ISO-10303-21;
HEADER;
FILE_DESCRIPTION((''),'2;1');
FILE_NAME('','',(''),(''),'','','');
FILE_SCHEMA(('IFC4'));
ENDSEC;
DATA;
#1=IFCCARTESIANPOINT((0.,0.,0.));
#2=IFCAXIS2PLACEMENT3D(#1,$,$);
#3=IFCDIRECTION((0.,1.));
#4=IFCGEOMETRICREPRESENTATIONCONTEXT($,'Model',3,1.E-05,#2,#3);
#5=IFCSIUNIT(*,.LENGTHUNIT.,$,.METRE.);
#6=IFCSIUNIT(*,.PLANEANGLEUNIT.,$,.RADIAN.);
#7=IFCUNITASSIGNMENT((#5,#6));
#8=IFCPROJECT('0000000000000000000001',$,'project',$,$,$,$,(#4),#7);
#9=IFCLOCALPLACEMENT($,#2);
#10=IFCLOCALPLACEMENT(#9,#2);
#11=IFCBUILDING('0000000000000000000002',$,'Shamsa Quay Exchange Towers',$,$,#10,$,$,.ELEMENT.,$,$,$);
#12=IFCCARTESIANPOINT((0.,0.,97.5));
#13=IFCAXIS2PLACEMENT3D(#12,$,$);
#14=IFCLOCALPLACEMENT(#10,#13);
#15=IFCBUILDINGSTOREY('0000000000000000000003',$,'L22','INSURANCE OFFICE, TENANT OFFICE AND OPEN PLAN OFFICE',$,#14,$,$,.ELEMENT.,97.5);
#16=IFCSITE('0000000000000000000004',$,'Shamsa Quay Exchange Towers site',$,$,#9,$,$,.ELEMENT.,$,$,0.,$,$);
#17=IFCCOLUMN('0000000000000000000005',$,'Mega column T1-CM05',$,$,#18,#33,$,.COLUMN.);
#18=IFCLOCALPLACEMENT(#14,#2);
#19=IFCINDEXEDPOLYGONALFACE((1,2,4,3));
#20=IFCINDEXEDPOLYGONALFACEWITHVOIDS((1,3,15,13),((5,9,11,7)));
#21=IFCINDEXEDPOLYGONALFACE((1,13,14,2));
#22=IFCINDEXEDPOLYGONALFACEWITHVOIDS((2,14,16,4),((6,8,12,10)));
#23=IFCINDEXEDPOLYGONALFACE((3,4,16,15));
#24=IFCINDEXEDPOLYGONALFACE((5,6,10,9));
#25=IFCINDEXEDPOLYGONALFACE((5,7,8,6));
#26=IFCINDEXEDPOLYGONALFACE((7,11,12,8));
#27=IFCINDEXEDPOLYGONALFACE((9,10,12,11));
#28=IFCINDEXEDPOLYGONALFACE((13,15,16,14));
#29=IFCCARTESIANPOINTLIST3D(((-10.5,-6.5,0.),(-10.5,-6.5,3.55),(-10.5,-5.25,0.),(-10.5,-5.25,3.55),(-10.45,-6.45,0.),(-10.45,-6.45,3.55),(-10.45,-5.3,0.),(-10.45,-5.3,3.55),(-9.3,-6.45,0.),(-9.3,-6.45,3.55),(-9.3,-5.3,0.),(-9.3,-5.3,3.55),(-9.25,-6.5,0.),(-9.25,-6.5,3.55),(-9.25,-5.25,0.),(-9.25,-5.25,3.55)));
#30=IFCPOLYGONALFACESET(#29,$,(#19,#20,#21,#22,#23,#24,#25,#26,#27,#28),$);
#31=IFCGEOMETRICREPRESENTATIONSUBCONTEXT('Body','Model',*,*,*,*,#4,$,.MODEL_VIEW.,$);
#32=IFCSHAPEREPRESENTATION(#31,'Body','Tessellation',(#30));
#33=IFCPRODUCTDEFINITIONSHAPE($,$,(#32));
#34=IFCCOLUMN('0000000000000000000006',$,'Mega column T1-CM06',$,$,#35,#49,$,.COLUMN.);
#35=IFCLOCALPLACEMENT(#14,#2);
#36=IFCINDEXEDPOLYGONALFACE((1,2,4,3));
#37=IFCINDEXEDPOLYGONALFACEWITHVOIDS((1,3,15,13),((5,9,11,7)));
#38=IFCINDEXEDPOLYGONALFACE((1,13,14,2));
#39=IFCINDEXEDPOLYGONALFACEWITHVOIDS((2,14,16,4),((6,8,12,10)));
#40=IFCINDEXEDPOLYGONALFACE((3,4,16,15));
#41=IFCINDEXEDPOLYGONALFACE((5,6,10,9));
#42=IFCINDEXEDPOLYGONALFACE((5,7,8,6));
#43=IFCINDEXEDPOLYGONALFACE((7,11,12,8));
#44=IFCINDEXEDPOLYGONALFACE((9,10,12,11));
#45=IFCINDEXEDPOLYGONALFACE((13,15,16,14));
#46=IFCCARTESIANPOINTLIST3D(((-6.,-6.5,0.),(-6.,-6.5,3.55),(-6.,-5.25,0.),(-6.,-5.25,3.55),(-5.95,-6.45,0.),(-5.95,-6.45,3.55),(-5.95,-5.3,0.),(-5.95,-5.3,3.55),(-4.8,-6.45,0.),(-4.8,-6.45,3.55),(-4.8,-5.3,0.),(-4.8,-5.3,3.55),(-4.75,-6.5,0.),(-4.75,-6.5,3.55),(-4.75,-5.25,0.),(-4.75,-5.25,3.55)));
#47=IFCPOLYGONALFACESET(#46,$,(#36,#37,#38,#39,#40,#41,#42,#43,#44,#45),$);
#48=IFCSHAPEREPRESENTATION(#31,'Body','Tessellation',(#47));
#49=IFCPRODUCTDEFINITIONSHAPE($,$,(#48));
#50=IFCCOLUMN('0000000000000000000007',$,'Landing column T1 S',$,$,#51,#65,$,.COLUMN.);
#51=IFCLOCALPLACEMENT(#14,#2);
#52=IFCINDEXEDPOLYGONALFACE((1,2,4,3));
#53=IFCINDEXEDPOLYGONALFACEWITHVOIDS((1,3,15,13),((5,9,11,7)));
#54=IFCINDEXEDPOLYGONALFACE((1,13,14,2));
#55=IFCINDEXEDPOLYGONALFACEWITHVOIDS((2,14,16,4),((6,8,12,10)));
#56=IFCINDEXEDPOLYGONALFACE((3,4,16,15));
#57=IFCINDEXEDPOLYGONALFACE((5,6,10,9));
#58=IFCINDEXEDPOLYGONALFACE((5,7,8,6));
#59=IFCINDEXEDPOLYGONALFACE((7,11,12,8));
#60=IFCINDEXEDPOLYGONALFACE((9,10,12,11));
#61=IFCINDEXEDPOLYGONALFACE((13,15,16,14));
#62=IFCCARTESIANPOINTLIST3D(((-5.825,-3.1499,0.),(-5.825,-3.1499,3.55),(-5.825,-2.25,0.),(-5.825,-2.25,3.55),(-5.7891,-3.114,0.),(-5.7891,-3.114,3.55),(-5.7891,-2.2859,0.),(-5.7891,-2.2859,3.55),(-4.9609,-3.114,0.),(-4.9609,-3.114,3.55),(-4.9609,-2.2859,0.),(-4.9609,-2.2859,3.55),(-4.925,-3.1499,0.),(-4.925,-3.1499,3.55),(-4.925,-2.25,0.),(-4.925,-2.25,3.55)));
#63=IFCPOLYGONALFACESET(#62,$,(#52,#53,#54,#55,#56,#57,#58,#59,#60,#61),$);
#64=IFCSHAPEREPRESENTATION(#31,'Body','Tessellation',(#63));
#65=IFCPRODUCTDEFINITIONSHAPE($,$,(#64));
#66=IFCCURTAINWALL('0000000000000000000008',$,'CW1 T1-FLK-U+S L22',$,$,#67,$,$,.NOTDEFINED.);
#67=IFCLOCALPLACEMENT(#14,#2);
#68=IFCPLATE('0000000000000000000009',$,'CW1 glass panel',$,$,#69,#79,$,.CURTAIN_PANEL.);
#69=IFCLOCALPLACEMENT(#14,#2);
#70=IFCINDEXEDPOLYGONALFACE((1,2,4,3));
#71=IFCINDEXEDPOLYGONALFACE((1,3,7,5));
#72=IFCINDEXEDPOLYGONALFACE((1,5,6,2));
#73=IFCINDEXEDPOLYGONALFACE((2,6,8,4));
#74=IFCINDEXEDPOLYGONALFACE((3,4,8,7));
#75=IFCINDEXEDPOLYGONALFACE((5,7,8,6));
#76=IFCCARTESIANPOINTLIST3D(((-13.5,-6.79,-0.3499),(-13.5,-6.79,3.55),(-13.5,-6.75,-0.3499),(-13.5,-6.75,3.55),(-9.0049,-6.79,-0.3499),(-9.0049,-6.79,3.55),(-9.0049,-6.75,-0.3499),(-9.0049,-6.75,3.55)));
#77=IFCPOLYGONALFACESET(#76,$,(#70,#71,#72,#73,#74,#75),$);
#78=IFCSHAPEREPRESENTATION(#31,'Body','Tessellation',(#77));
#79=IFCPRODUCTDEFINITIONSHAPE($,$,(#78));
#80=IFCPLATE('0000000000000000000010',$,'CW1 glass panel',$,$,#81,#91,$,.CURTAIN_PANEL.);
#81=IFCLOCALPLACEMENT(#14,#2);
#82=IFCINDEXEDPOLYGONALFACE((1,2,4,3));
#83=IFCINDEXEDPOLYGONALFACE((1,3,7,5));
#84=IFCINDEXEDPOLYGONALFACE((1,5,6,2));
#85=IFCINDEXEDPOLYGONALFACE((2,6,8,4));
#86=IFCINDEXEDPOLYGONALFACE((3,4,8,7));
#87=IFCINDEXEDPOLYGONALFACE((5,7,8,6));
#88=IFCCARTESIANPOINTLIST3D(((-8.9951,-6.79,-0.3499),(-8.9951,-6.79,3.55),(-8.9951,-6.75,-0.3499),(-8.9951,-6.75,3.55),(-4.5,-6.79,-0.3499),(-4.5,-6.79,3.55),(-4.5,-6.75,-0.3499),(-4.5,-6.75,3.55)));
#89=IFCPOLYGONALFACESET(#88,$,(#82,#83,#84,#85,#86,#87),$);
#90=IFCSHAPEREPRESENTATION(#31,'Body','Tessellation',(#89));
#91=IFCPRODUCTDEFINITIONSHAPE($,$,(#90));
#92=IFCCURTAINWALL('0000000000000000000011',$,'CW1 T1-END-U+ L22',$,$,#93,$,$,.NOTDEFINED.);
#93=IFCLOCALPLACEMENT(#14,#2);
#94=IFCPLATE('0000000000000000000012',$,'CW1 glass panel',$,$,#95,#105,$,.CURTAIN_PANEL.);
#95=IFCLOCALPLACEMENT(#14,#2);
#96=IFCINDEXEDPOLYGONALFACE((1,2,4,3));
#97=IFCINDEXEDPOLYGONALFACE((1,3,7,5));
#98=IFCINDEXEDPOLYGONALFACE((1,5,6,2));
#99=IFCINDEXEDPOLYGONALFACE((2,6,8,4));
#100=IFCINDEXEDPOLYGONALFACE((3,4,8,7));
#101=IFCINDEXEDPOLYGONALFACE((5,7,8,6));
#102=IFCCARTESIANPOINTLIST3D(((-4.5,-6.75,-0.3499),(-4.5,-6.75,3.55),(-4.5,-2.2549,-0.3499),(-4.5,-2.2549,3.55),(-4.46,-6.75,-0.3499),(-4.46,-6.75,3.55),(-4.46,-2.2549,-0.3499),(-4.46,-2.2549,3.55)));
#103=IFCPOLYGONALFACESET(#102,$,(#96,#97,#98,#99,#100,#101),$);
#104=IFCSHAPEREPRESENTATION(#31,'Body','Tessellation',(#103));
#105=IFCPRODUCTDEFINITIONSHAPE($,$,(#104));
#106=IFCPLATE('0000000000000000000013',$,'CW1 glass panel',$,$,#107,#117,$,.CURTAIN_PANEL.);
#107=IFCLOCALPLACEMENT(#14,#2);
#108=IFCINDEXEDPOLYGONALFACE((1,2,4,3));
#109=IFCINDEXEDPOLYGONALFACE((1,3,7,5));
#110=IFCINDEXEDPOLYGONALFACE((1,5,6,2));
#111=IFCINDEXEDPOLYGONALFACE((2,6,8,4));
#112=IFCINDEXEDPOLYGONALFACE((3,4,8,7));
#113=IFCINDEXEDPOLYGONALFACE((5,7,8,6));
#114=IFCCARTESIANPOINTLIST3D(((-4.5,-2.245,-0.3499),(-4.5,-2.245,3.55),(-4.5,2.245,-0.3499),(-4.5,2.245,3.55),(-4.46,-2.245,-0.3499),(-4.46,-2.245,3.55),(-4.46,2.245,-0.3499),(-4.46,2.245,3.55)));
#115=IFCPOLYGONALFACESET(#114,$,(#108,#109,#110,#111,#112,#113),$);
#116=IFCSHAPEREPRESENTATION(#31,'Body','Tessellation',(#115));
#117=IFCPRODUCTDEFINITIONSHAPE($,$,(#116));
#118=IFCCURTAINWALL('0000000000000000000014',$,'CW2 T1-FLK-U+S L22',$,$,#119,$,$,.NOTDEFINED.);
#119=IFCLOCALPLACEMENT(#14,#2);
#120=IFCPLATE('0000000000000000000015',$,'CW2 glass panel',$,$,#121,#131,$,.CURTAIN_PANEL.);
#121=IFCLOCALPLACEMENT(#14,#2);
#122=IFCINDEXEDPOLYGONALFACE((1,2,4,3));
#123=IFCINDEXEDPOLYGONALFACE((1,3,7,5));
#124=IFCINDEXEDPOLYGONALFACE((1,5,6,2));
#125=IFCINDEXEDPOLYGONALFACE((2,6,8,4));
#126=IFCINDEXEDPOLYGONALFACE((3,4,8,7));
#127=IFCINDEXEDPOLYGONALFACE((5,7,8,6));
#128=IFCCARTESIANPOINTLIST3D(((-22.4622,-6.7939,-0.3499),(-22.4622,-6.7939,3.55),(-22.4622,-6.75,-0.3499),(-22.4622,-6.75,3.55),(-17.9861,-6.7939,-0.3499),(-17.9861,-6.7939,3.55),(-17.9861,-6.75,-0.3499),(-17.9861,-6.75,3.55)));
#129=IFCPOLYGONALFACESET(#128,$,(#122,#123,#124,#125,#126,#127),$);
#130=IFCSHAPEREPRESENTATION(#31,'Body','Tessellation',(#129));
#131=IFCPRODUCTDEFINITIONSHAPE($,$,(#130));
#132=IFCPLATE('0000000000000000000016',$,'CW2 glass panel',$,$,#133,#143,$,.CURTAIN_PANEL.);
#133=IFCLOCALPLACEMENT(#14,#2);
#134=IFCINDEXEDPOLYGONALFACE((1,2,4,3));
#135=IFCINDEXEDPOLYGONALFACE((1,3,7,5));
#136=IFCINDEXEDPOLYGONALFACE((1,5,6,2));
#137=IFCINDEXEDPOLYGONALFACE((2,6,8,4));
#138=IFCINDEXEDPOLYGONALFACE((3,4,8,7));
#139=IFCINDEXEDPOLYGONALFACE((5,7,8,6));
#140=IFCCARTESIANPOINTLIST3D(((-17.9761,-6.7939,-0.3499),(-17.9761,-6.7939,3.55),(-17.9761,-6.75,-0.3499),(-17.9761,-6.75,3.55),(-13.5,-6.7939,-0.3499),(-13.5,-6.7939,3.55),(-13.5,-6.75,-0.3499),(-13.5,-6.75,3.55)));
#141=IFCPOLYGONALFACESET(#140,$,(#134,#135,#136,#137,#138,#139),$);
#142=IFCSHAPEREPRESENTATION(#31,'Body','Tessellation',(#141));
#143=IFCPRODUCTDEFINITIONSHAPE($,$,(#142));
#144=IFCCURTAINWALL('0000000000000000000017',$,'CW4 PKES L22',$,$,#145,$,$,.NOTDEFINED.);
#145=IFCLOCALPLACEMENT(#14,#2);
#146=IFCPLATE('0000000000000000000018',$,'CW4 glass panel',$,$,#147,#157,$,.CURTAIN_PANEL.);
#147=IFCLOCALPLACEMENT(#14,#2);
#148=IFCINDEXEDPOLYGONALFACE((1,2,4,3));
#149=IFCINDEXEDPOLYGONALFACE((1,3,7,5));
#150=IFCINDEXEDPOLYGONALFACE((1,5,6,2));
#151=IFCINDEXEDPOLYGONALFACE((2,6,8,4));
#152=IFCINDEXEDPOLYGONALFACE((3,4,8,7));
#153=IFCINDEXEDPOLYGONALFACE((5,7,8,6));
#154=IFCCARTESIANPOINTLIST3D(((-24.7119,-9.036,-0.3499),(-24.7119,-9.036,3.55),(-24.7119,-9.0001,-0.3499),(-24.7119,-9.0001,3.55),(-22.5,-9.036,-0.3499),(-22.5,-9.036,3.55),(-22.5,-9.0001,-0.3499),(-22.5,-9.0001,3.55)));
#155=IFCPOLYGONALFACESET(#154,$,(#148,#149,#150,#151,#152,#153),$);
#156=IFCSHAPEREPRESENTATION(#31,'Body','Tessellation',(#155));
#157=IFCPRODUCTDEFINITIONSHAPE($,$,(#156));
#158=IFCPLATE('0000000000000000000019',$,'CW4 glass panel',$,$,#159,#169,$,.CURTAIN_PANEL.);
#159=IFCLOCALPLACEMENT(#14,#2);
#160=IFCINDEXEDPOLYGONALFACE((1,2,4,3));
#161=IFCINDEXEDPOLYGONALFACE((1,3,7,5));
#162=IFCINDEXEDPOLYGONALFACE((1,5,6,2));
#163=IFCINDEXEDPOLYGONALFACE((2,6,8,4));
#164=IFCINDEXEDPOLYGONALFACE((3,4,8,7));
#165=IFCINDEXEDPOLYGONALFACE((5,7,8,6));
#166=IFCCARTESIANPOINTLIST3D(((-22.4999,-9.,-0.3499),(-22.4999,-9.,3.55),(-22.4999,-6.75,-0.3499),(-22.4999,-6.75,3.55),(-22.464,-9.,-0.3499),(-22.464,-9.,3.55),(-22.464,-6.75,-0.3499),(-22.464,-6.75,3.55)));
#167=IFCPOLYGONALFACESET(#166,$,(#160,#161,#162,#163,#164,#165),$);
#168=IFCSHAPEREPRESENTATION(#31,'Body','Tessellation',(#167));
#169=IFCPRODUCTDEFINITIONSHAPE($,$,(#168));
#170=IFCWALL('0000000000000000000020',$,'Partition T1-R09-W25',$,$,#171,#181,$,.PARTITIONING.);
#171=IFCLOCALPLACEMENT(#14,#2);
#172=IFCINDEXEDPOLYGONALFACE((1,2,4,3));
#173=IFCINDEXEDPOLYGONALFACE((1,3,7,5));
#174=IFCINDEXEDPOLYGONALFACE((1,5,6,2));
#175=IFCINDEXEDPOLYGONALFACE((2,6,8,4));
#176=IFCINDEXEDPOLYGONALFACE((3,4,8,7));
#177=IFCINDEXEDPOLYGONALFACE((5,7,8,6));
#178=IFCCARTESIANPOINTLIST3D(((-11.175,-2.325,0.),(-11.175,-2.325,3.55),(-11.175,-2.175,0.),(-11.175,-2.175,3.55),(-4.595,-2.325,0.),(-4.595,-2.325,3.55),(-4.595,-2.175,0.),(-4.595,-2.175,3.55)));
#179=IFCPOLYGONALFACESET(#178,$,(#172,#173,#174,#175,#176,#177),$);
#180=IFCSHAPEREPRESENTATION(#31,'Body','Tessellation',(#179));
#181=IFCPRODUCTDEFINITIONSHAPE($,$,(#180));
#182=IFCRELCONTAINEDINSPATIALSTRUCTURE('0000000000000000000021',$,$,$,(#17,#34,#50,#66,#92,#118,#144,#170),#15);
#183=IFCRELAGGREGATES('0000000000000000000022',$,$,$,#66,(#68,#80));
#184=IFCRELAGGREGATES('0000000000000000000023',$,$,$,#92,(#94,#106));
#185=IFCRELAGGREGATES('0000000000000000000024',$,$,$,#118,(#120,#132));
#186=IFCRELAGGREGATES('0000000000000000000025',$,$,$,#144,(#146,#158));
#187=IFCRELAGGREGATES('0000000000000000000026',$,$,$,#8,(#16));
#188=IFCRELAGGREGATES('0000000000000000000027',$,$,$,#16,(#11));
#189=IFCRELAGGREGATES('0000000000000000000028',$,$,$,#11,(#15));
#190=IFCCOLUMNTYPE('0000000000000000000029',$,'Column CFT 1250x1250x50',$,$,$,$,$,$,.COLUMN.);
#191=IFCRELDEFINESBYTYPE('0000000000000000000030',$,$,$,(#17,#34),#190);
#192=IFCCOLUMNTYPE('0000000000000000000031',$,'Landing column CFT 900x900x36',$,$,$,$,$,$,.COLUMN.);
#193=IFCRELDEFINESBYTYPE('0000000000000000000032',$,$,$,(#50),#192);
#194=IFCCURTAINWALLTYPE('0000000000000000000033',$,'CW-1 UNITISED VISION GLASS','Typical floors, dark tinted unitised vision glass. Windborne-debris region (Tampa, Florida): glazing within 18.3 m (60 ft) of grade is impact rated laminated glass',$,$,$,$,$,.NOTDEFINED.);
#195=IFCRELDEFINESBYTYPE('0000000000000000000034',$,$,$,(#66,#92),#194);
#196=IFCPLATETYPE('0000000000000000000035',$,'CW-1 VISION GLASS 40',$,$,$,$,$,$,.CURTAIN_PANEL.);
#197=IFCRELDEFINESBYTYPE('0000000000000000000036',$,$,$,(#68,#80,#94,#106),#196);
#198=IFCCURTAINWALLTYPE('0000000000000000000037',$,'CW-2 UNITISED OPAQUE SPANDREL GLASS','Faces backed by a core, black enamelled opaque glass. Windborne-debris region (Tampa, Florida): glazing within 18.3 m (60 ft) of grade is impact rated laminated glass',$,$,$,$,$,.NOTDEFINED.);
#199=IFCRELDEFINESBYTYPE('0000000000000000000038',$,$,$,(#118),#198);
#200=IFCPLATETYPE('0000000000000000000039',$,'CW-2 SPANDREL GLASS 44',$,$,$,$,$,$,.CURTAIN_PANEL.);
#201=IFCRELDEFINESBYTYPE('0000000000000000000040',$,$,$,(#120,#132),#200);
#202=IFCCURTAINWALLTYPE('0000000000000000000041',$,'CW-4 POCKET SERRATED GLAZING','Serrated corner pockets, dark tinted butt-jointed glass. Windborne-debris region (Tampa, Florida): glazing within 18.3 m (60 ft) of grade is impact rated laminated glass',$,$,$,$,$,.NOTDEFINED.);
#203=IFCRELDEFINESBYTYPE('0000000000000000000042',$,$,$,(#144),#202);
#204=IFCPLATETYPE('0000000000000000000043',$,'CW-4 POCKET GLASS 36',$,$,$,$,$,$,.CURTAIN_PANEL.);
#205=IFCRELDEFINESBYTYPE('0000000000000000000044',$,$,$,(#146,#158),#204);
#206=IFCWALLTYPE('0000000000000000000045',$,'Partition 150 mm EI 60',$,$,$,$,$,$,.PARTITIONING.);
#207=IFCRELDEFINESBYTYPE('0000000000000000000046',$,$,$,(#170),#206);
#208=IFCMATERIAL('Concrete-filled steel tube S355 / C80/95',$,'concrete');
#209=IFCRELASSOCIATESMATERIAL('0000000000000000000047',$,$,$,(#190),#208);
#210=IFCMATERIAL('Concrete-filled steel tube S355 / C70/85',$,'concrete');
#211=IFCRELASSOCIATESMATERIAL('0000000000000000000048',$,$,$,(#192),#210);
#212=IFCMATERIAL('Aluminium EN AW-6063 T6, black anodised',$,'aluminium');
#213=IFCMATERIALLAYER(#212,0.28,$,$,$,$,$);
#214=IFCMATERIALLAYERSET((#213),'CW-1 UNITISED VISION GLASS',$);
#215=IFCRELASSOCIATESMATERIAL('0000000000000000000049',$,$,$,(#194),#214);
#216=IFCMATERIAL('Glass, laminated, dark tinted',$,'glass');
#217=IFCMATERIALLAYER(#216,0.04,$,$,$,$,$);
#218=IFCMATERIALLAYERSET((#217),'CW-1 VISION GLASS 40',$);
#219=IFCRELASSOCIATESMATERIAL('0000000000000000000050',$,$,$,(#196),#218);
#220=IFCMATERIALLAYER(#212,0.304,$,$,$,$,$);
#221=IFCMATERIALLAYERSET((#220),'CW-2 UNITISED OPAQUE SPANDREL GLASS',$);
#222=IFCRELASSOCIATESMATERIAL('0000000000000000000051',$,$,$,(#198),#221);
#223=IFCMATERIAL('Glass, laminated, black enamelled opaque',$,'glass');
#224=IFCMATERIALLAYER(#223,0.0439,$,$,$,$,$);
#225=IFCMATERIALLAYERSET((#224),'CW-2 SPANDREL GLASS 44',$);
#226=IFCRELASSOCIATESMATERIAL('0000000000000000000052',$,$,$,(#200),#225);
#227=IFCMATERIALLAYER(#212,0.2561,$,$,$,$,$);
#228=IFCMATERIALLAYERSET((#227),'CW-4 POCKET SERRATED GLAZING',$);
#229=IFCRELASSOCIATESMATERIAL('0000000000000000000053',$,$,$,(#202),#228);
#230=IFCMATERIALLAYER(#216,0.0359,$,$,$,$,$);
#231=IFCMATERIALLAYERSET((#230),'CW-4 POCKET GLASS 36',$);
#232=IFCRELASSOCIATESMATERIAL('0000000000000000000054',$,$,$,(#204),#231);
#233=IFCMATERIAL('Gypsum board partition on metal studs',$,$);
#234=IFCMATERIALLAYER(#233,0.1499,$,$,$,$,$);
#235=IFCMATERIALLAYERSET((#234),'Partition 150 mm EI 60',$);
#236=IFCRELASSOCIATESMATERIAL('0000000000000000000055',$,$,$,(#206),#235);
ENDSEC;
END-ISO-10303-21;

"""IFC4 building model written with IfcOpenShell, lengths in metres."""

from ifc_helpers import new_model, si_unit, direction, frame, frame_2d, origin, origin_2d, place, context, subcontext, project, spatial, rectangle, hollow_rectangle, extrude, material, layer, layer_set, material_profile, profile_set, type_object, element, aggregate, save


model = new_model("IFC4")

# Units and contexts
model_context = context("Model", 3, precision=1e-05, world=origin(), true_north=direction((0.0, 1.0)))
body_context = subcontext(model_context, "Body", "Model", "MODEL_VIEW")
ifc_project = project(units=[si_unit("LENGTHUNIT", "METRE"), si_unit("PLANEANGLEUNIT", "RADIAN")], contexts=[model_context])

# Site, building, storey
site_placement = place(None, origin())
site = spatial("IfcSite", under=ifc_project, at=site_placement, Name="Shamsa Quay Exchange Towers site", CompositionType="ELEMENT", RefElevation=0.0)
building_placement = place(site_placement, origin())
building = spatial("IfcBuilding", under=site, at=building_placement, Name="Shamsa Quay Exchange Towers", CompositionType="ELEMENT")
storey_placement = place(building_placement, frame((0.0, 0.0, 97.5)))
storey = spatial("IfcBuildingStorey", under=building, at=storey_placement, Name="L22", Description="INSURANCE OFFICE, TENANT OFFICE AND OPEN PLAN OFFICE", CompositionType="ELEMENT", Elevation=97.5)

# Columns
ifc_material_1 = material(Name="Concrete-filled steel tube S355 / C80/95", Category="concrete")
ifc_material_profile_1 = material_profile(ifc_material_1, hollow_rectangle(XDim=1.25, YDim=1.25, WallThickness=0.05, at=origin_2d()), Name="CFT 1250x1250x50")
ifc_profile_set_1 = profile_set([ifc_material_profile_1], Name="Concrete-filled steel tube S355 / C80/95")
column_type_1 = type_object("IfcColumnType", Name="Column CFT 1250x1250x50", PredefinedType="COLUMN", material=ifc_profile_set_1)
for number, where, name in (
    (1, (-9.875, -5.875, 0.0), "Mega column T1-CM05"),
    (2, (-5.375, -5.875, 0.0), "Mega column T1-CM06"),
):
    element("IfcColumn", number, at=place(storey_placement, frame(where)), inside=storey, type_object=column_type_1, Name=name, PredefinedType="COLUMN", context=body_context, shape_type="SweptSolid", body=[
        extrude(hollow_rectangle(XDim=1.25, YDim=1.25, WallThickness=0.05, at=origin_2d()), origin(), (0.0, 0.0, 1.0), 3.55),
    ])
ifc_material_2 = material(Name="Concrete-filled steel tube S355 / C70/85", Category="concrete")
ifc_material_profile_2 = material_profile(ifc_material_2, hollow_rectangle(XDim=0.8999, YDim=0.8999, WallThickness=0.0359, at=origin_2d()), Name="CFT 900x900x36")
ifc_profile_set_2 = profile_set([ifc_material_profile_2], Name="Concrete-filled steel tube S355 / C70/85")
column_type_2 = type_object("IfcColumnType", Name="Landing column CFT 900x900x36", PredefinedType="COLUMN", material=ifc_profile_set_2)
column_placement = place(storey_placement, frame((-5.375, -2.7, 0.0)))
element("IfcColumn", 3, at=column_placement, inside=storey, type_object=column_type_2, Name="Landing column T1 S", PredefinedType="COLUMN", context=body_context, shape_type="SweptSolid", body=[
    extrude(hollow_rectangle(XDim=0.8999, YDim=0.8999, WallThickness=0.0359, at=origin_2d()), origin(), (0.0, 0.0, 1.0), 3.55),
])

# Curtain walls, plates
ifc_material_3 = material(Name="Aluminium EN AW-6063 T6, black anodised", Category="aluminium")
ifc_layer_1 = layer(ifc_material_3, 0.28)
ifc_layer_set_1 = layer_set([ifc_layer_1], Name="CW-1 UNITISED VISION GLASS")
curtain_wall_type_1 = type_object("IfcCurtainWallType", Name="CW-1 UNITISED VISION GLASS", Description="Typical floors, dark tinted unitised vision glass. Windborne-debris region (Tampa, Florida): glazing within 18.3 m (60 ft) of grade is impact rated laminated glass", PredefinedType="NOTDEFINED", material=ifc_layer_set_1)
curtain_wall_1_placement = place(storey_placement, origin())
curtain_wall_1 = element("IfcCurtainWall", 4, at=curtain_wall_1_placement, inside=storey, type_object=curtain_wall_type_1, Name="CW1 T1-FLK-U+S L22", PredefinedType="NOTDEFINED")
ifc_material_4 = material(Name="Glass, laminated, dark tinted", Category="glass")
ifc_layer_2 = layer(ifc_material_4, 0.04)
ifc_layer_set_2 = layer_set([ifc_layer_2], Name="CW-1 VISION GLASS 40")
plate_type_1 = type_object("IfcPlateType", Name="CW-1 VISION GLASS 40", PredefinedType="CURTAIN_PANEL", material=ifc_layer_set_2)
plate_1_placement = place(storey_placement, frame((-11.2524, -6.77, -0.3499)))
plate_1 = element("IfcPlate", 5, at=plate_1_placement, type_object=plate_type_1, Name="CW1 glass panel", PredefinedType="CURTAIN_PANEL", context=body_context, shape_type="SweptSolid", body=[
    extrude(rectangle(XDim=4.4951, YDim=0.04, at=origin_2d()), origin(), (0.0, 0.0, 1.0), 3.8999),
])
plate_2_placement = place(storey_placement, frame((-6.7476, -6.77, -0.3499)))
plate_2 = element("IfcPlate", 6, at=plate_2_placement, type_object=plate_type_1, Name="CW1 glass panel", PredefinedType="CURTAIN_PANEL", context=body_context, shape_type="SweptSolid", body=[
    extrude(rectangle(XDim=4.4951, YDim=0.04, at=origin_2d()), origin(), (0.0, 0.0, 1.0), 3.8999),
])
aggregate(curtain_wall_1, [plate_1, plate_2])
curtain_wall_2_placement = place(storey_placement, origin())
curtain_wall_2 = element("IfcCurtainWall", 7, at=curtain_wall_2_placement, inside=storey, type_object=curtain_wall_type_1, Name="CW1 T1-END-U+ L22", PredefinedType="NOTDEFINED")
plate_3_placement = place(storey_placement, frame((-4.48, -4.5024, -0.3499), z_axis=(0.0, 0.0, 1.0), x_axis=(0.0, 1.0, 0.0)))
plate_3 = element("IfcPlate", 8, at=plate_3_placement, type_object=plate_type_1, Name="CW1 glass panel", PredefinedType="CURTAIN_PANEL", context=body_context, shape_type="SweptSolid", body=[
    extrude(rectangle(XDim=4.4951, YDim=0.04, at=origin_2d()), origin(), (0.0, 0.0, 1.0), 3.8999),
])
plate_4_placement = place(storey_placement, frame((-4.48, 0.0, -0.3499), z_axis=(0.0, 0.0, 1.0), x_axis=(0.0, 1.0, 0.0)))
plate_4 = element("IfcPlate", 9, at=plate_4_placement, type_object=plate_type_1, Name="CW1 glass panel", PredefinedType="CURTAIN_PANEL", context=body_context, shape_type="SweptSolid", body=[
    extrude(rectangle(XDim=4.49, YDim=0.04, at=origin_2d()), origin(), (0.0, 0.0, 1.0), 3.8999),
])
aggregate(curtain_wall_2, [plate_3, plate_4])
ifc_layer_3 = layer(ifc_material_3, 0.304)
ifc_layer_set_3 = layer_set([ifc_layer_3], Name="CW-2 UNITISED OPAQUE SPANDREL GLASS")
curtain_wall_type_2 = type_object("IfcCurtainWallType", Name="CW-2 UNITISED OPAQUE SPANDREL GLASS", Description="Faces backed by a core, black enamelled opaque glass. Windborne-debris region (Tampa, Florida): glazing within 18.3 m (60 ft) of grade is impact rated laminated glass", PredefinedType="NOTDEFINED", material=ifc_layer_set_3)
curtain_wall_3_placement = place(storey_placement, origin())
curtain_wall_3 = element("IfcCurtainWall", 10, at=curtain_wall_3_placement, inside=storey, type_object=curtain_wall_type_2, Name="CW2 T1-FLK-U+S L22", PredefinedType="NOTDEFINED")
ifc_material_5 = material(Name="Glass, laminated, black enamelled opaque", Category="glass")
ifc_layer_4 = layer(ifc_material_5, 0.0439)
ifc_layer_set_4 = layer_set([ifc_layer_4], Name="CW-2 SPANDREL GLASS 44")
plate_type_2 = type_object("IfcPlateType", Name="CW-2 SPANDREL GLASS 44", PredefinedType="CURTAIN_PANEL", material=ifc_layer_set_4)
plate_5_placement = place(storey_placement, frame((-20.2241, -6.772, -0.3499)))
plate_5 = element("IfcPlate", 11, at=plate_5_placement, type_object=plate_type_2, Name="CW2 glass panel", PredefinedType="CURTAIN_PANEL", context=body_context, shape_type="SweptSolid", body=[
    extrude(rectangle(XDim=4.4761, YDim=0.0439, at=origin_2d()), origin(), (0.0, 0.0, 1.0), 3.8999),
])
plate_6_placement = place(storey_placement, frame((-15.738, -6.772, -0.3499)))
plate_6 = element("IfcPlate", 12, at=plate_6_placement, type_object=plate_type_2, Name="CW2 glass panel", PredefinedType="CURTAIN_PANEL", context=body_context, shape_type="SweptSolid", body=[
    extrude(rectangle(XDim=4.4761, YDim=0.0439, at=origin_2d()), origin(), (0.0, 0.0, 1.0), 3.8999),
])
aggregate(curtain_wall_3, [plate_5, plate_6])
ifc_layer_5 = layer(ifc_material_3, 0.2561)
ifc_layer_set_5 = layer_set([ifc_layer_5], Name="CW-4 POCKET SERRATED GLAZING")
curtain_wall_type_3 = type_object("IfcCurtainWallType", Name="CW-4 POCKET SERRATED GLAZING", Description="Serrated corner pockets, dark tinted butt-jointed glass. Windborne-debris region (Tampa, Florida): glazing within 18.3 m (60 ft) of grade is impact rated laminated glass", PredefinedType="NOTDEFINED", material=ifc_layer_set_5)
curtain_wall_4_placement = place(storey_placement, origin())
curtain_wall_4 = element("IfcCurtainWall", 13, at=curtain_wall_4_placement, inside=storey, type_object=curtain_wall_type_3, Name="CW4 PKES L22", PredefinedType="NOTDEFINED")
ifc_layer_6 = layer(ifc_material_4, 0.0359)
ifc_layer_set_6 = layer_set([ifc_layer_6], Name="CW-4 POCKET GLASS 36")
plate_type_3 = type_object("IfcPlateType", Name="CW-4 POCKET GLASS 36", PredefinedType="CURTAIN_PANEL", material=ifc_layer_set_6)
plate_7_placement = place(storey_placement, frame((-23.606, -9.0181, -0.3499)))
plate_7 = element("IfcPlate", 14, at=plate_7_placement, type_object=plate_type_3, Name="CW4 glass panel", PredefinedType="CURTAIN_PANEL", context=body_context, shape_type="SweptSolid", body=[
    extrude(rectangle(XDim=2.2119, YDim=0.0359, at=origin_2d()), origin(), (0.0, 0.0, 1.0), 3.8999),
])
plate_8_placement = place(storey_placement, frame((-22.4819, -7.875, -0.3499), z_axis=(0.0, 0.0, 1.0), x_axis=(0.0, 1.0, 0.0)))
plate_8 = element("IfcPlate", 15, at=plate_8_placement, type_object=plate_type_3, Name="CW4 glass panel", PredefinedType="CURTAIN_PANEL", context=body_context, shape_type="SweptSolid", body=[
    extrude(rectangle(XDim=2.25, YDim=0.0359, at=origin_2d()), origin(), (0.0, 0.0, 1.0), 3.8999),
])
aggregate(curtain_wall_4, [plate_7, plate_8])

# Wall
ifc_material_6 = material(Name="Gypsum board partition on metal studs")
ifc_layer_7 = layer(ifc_material_6, 0.1499)
ifc_layer_set_7 = layer_set([ifc_layer_7], Name="Partition 150 mm EI 60")
wall_type_1 = type_object("IfcWallType", Name="Partition 150 mm EI 60", PredefinedType="PARTITIONING", material=ifc_layer_set_7)
wall_1_placement = place(storey_placement, frame((-4.595, -2.25, 0.0), z_axis=(0.0, 0.0, 1.0), x_axis=(-1.0, 0.0, 0.0)))
element("IfcWall", 16, at=wall_1_placement, inside=storey, type_object=wall_type_1, Name="Partition T1-R09-W25", PredefinedType="PARTITIONING", context=body_context, shape_type="SweptSolid", body=[
    extrude(rectangle(XDim=6.5801, YDim=0.1499, at=frame_2d((3.29, 0.0))), origin(), (0.0, 0.0, 1.0), 3.55),
])

save(model, "model.ifc")
